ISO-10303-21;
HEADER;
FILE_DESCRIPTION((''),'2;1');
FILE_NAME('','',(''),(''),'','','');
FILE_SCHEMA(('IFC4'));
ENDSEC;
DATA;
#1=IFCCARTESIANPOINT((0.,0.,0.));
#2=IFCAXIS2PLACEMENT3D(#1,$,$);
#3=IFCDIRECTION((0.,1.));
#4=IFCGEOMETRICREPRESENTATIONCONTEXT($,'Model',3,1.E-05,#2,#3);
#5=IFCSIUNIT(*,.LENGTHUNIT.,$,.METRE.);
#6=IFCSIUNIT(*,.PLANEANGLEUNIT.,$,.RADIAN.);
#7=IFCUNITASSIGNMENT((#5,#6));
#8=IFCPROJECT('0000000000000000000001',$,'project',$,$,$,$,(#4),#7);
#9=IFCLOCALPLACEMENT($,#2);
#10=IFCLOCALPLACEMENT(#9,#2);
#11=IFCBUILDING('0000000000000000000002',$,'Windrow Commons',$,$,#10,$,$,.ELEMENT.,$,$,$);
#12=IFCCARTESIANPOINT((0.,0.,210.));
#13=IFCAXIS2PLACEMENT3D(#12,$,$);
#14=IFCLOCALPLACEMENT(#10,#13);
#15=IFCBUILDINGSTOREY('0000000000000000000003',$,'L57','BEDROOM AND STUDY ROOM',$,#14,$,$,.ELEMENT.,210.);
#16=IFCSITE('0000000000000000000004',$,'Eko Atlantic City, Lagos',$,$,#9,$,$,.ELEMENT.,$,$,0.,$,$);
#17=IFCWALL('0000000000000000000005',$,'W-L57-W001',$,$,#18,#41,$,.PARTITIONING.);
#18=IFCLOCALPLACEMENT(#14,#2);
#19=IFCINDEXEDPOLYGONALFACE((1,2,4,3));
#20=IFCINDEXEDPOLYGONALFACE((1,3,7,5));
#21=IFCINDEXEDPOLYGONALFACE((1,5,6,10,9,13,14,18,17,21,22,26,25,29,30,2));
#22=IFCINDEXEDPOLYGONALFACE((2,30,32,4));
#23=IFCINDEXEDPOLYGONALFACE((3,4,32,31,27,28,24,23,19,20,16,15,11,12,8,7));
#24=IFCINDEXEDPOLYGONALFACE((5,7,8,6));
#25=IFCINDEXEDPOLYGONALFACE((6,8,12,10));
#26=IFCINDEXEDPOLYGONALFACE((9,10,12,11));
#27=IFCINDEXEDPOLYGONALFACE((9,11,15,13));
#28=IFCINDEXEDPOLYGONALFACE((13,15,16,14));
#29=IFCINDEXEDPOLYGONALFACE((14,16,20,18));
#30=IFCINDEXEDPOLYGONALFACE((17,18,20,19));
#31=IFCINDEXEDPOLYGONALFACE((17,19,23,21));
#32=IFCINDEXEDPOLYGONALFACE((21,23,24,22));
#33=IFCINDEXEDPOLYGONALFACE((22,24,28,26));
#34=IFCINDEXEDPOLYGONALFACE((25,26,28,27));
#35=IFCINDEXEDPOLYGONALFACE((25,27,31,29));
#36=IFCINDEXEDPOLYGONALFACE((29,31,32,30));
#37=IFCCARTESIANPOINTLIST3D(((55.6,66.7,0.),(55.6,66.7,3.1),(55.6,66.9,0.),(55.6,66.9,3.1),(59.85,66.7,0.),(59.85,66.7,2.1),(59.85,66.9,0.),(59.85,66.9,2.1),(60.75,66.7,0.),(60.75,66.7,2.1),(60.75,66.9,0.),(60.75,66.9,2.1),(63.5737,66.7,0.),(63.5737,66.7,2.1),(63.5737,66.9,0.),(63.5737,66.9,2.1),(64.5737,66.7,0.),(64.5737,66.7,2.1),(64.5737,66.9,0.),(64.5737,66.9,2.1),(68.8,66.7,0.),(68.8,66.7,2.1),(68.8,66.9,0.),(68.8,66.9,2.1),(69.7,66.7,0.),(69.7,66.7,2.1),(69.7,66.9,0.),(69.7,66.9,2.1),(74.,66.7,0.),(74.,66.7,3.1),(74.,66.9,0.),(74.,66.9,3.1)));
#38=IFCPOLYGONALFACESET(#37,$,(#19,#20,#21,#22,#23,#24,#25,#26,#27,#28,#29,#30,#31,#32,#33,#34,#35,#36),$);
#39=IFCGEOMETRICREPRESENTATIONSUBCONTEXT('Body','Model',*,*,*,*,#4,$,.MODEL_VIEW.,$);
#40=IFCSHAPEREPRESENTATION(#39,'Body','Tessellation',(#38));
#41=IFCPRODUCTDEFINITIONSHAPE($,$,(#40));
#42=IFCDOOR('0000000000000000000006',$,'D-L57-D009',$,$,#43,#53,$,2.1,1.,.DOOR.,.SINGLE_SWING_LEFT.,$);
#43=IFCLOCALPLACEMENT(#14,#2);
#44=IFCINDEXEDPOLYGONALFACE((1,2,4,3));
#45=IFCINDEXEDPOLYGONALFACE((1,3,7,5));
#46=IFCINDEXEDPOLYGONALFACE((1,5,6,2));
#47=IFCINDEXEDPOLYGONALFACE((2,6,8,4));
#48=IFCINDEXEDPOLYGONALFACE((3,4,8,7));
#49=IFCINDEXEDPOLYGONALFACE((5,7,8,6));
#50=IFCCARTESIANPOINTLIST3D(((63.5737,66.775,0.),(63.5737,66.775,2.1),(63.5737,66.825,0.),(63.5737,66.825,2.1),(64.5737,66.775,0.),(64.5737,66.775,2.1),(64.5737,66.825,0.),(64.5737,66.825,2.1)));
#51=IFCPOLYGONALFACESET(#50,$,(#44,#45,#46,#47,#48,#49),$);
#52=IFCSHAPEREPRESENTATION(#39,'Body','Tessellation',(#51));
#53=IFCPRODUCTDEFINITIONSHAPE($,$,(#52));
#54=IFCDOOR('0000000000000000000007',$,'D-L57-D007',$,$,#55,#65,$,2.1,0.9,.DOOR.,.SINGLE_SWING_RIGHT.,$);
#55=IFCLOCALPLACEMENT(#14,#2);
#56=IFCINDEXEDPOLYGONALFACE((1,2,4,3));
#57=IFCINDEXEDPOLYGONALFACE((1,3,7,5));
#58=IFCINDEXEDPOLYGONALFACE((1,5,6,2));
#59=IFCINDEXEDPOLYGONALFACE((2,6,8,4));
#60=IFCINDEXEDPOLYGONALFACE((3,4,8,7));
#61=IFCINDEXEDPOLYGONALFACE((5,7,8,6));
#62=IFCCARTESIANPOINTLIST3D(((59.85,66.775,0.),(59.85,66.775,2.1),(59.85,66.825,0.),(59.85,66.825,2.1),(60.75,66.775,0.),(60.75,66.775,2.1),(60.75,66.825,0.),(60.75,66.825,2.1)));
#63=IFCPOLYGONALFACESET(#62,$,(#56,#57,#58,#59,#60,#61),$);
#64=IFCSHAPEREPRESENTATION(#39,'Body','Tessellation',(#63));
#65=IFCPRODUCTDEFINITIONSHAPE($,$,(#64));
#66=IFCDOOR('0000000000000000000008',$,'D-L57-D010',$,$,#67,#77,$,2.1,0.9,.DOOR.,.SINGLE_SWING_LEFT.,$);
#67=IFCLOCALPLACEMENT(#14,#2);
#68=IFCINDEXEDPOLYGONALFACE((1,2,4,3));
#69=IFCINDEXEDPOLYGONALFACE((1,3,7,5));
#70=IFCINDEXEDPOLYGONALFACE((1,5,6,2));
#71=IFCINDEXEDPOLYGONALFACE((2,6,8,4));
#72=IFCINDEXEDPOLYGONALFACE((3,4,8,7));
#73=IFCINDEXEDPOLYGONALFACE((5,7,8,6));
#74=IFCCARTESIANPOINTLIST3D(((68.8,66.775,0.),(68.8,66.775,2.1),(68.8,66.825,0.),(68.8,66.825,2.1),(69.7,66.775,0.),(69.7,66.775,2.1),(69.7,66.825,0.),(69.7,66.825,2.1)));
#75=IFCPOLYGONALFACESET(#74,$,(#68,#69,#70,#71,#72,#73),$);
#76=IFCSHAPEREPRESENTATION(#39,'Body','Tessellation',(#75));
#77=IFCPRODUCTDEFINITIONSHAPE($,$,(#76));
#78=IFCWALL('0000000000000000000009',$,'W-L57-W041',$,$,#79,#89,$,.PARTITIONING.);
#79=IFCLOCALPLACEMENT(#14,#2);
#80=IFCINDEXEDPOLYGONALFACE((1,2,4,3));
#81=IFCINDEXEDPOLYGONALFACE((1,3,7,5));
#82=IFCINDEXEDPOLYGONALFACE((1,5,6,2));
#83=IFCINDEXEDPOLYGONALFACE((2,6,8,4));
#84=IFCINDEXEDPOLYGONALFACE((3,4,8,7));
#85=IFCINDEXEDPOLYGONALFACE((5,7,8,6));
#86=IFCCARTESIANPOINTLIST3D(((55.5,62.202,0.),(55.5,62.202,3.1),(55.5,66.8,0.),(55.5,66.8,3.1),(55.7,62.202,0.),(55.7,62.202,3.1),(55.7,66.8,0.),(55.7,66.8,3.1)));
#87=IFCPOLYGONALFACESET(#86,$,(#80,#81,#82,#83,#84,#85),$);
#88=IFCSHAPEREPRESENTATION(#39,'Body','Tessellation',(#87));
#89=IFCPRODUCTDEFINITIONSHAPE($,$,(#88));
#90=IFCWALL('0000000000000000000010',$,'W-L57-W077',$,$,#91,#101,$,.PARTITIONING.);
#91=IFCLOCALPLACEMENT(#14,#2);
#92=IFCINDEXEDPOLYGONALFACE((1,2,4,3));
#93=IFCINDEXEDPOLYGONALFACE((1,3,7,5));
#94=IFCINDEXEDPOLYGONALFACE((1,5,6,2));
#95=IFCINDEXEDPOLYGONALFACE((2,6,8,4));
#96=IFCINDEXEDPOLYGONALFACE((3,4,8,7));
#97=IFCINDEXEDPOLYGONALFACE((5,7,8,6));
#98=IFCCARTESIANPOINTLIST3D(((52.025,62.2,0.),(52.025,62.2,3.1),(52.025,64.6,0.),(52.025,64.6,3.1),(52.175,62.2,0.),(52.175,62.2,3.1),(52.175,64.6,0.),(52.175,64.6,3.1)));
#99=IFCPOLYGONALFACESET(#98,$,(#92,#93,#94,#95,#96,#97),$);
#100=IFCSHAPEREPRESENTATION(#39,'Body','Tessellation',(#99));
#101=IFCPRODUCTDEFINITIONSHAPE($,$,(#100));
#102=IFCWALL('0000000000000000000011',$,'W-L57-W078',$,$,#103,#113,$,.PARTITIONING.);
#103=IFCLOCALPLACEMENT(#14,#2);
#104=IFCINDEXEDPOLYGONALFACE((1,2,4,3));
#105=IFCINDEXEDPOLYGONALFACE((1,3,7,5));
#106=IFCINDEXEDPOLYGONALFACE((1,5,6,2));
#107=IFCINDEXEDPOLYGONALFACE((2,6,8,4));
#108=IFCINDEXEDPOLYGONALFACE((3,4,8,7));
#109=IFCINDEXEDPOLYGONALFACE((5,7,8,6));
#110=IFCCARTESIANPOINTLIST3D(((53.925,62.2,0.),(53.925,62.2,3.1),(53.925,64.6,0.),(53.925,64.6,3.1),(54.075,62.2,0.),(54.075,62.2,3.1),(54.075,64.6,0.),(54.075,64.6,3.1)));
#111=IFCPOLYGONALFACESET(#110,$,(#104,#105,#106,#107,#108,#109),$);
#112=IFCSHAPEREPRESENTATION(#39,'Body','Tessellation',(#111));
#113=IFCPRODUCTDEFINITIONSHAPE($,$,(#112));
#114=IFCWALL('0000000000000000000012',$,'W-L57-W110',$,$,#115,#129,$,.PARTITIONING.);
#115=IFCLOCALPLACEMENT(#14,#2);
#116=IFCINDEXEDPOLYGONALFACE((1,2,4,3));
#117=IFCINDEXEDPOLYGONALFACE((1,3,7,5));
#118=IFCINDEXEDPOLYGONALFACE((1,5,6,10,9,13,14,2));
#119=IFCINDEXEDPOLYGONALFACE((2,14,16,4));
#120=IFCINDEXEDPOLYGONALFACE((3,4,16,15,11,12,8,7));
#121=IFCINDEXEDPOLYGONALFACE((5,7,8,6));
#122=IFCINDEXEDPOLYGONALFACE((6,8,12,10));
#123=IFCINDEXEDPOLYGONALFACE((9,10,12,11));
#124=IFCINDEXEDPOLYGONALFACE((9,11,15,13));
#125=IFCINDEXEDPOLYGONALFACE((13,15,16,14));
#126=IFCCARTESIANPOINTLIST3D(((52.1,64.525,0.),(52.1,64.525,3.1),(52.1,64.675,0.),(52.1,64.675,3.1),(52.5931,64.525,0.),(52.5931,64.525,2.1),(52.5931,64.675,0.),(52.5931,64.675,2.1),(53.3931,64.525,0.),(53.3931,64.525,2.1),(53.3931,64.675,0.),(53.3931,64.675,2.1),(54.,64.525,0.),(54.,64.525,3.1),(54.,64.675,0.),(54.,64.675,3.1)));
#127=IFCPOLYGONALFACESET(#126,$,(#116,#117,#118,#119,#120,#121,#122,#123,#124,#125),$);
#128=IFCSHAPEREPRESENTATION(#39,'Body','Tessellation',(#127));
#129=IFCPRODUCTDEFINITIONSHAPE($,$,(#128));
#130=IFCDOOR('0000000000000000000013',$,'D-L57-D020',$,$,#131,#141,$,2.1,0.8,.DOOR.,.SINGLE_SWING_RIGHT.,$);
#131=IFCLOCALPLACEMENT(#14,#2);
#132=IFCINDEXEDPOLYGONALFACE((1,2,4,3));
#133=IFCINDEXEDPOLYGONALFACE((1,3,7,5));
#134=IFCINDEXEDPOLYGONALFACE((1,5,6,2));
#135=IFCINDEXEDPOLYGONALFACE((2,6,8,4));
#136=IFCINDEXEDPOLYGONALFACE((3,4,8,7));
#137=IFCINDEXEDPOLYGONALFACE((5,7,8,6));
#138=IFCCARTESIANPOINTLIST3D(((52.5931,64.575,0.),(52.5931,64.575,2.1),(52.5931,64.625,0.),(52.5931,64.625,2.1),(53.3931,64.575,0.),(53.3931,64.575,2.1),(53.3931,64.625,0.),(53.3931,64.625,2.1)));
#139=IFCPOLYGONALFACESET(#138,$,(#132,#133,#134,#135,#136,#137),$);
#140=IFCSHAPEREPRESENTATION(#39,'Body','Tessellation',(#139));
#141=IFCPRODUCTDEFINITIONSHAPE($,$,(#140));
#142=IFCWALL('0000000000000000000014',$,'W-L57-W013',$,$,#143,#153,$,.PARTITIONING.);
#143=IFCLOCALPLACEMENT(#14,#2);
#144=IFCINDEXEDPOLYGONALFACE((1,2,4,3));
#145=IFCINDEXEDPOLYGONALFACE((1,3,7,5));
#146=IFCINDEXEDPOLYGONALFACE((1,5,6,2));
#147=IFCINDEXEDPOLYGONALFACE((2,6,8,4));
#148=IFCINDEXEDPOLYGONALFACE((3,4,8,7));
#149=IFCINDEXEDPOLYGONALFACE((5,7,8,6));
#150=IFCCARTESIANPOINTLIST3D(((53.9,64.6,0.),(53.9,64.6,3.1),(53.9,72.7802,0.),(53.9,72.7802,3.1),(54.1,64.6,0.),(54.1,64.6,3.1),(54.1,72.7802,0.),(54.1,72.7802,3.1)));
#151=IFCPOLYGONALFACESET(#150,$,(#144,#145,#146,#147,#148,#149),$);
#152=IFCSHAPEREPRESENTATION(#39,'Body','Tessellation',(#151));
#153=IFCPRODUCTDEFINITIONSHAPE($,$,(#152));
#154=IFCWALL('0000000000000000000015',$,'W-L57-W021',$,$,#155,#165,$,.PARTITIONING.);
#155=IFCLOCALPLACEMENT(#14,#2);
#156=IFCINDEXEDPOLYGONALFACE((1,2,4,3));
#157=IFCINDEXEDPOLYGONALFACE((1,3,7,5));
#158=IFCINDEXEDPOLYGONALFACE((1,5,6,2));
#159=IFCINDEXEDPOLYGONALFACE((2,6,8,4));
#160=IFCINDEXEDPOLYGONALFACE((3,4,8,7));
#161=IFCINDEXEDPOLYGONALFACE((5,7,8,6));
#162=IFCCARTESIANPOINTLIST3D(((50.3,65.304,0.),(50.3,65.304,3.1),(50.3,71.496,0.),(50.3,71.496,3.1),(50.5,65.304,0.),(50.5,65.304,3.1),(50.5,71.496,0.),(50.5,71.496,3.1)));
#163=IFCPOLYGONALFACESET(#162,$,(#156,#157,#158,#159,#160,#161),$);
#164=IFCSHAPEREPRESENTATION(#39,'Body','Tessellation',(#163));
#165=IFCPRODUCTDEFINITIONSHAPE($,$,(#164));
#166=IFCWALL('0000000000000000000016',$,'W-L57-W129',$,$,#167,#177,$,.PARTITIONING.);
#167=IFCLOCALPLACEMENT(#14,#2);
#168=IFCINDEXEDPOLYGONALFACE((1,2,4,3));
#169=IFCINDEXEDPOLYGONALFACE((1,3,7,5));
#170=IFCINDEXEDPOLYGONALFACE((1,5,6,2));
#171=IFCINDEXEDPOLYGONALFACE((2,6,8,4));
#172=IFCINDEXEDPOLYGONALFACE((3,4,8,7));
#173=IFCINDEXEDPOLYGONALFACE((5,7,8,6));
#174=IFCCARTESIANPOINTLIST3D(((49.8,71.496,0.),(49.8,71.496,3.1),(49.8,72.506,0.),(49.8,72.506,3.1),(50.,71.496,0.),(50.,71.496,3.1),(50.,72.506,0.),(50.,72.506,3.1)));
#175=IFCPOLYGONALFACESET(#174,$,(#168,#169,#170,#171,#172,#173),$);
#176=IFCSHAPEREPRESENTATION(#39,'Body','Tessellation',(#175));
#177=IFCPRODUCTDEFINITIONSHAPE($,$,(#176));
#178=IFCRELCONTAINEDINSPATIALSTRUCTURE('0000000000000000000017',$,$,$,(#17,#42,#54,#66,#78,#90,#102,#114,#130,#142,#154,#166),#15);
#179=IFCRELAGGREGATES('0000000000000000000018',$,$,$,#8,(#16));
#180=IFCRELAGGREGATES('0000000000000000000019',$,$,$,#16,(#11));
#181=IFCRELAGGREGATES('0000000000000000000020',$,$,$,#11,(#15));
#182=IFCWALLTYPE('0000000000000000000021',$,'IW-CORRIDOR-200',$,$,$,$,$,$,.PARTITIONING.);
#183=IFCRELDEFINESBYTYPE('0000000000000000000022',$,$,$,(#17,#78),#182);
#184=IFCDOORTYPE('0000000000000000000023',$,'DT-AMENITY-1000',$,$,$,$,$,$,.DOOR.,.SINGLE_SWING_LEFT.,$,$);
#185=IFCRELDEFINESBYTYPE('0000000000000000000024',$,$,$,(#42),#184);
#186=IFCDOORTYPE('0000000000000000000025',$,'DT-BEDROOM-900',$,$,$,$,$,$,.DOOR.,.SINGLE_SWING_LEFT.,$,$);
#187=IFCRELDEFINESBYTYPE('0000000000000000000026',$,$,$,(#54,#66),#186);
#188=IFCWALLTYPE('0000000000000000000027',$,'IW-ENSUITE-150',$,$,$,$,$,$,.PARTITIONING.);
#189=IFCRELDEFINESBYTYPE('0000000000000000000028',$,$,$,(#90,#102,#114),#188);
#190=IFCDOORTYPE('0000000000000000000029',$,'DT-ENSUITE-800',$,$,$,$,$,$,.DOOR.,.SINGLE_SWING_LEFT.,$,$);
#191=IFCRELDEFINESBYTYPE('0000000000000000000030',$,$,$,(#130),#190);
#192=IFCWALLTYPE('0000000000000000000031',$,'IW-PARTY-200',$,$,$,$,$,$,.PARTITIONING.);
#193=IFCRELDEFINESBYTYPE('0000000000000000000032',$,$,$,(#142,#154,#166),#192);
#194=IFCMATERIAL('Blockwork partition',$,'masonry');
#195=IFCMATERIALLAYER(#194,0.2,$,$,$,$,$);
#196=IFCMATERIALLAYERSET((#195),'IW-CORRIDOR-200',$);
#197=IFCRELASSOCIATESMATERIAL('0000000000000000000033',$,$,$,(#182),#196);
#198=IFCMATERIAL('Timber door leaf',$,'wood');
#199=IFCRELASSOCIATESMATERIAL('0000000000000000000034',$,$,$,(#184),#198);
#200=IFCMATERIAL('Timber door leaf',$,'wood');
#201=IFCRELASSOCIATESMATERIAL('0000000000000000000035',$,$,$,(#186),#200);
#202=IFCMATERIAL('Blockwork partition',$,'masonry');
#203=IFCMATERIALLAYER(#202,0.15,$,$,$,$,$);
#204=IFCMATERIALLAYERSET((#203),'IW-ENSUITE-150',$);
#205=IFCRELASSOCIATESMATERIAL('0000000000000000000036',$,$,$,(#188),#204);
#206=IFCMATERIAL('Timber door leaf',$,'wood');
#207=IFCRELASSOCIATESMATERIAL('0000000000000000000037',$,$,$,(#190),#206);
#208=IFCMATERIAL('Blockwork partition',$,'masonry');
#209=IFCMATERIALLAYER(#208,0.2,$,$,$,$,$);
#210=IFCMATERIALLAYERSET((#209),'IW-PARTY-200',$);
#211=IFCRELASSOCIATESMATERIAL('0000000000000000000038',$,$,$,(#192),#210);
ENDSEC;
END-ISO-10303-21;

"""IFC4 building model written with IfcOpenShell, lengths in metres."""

from ifc_helpers import new_model, si_unit, direction, frame, frame_2d, origin, place, context, subcontext, project, spatial, rectangle, extrude, material, layer, layer_set, type_object, element, fill, save


model = new_model("IFC4")

# Units and contexts
model_context = context("Model", 3, precision=1e-05, world=origin(), true_north=direction((0.0, 1.0)))
body_context = subcontext(model_context, "Body", "Model", "MODEL_VIEW")
ifc_project = project(units=[si_unit("LENGTHUNIT", "METRE"), si_unit("PLANEANGLEUNIT", "RADIAN")], contexts=[model_context])

# Site, building, storey
site_placement = place(None, origin())
site = spatial("IfcSite", under=ifc_project, at=site_placement, Name="Eko Atlantic City, Lagos", CompositionType="ELEMENT", RefElevation=0.0)
building_placement = place(site_placement, origin())
building = spatial("IfcBuilding", under=site, at=building_placement, Name="Windrow Commons", CompositionType="ELEMENT")
storey_placement = place(building_placement, frame((0.0, 0.0, 210.0)))
storey = spatial("IfcBuildingStorey", under=building, at=storey_placement, Name="L57", Description="BEDROOM AND STUDY ROOM", CompositionType="ELEMENT", Elevation=210.0)

# Wall, openings, doors
ifc_material_1 = material(Name="Blockwork partition", Category="masonry")
ifc_layer_1 = layer(ifc_material_1, 0.2)
ifc_layer_set_1 = layer_set([ifc_layer_1], Name="IW-CORRIDOR-200")
wall_type_1 = type_object("IfcWallType", Name="IW-CORRIDOR-200", PredefinedType="PARTITIONING", material=ifc_layer_set_1)
wall_1_placement = place(storey_placement, frame((55.6, 66.8, 0.0), z_axis=(0.0, 0.0, 1.0), x_axis=(1.0, 0.0, 0.0)))
wall_1 = element("IfcWall", 1, at=wall_1_placement, inside=storey, type_object=wall_type_1, Name="W-L57-W001", PredefinedType="PARTITIONING", context=body_context, shape_type="SweptSolid", body=[
    extrude(rectangle(XDim=18.4, YDim=0.2, at=frame_2d((9.2, 0.0))), origin(), (0.0, 0.0, 1.0), 3.1),
])
opening_1_placement = place(wall_1_placement, frame((4.25, 0.0, 0.0)))
opening_1 = element("IfcOpeningElement", 2, at=opening_1_placement, cuts=wall_1, PredefinedType="OPENING", context=body_context, shape_type="SweptSolid", body=[
    extrude(rectangle(XDim=0.9, YDim=2.1, at=frame_2d((0.45, 1.05))), frame((0.0, 0.11, 0.0), z_axis=(0.0, -1.0, 0.0), x_axis=(1.0, 0.0, 0.0)), (0.0, 0.0, 1.0), 0.22),
])
opening_2_placement = place(wall_1_placement, frame((7.9737, 0.0, 0.0)))
opening_2 = element("IfcOpeningElement", 3, at=opening_2_placement, cuts=wall_1, PredefinedType="OPENING", context=body_context, shape_type="SweptSolid", body=[
    extrude(rectangle(XDim=1.0, YDim=2.1, at=frame_2d((0.5, 1.05))), frame((0.0, 0.11, 0.0), z_axis=(0.0, -1.0, 0.0), x_axis=(1.0, 0.0, 0.0)), (0.0, 0.0, 1.0), 0.22),
])
opening_3_placement = place(wall_1_placement, frame((13.2, 0.0, 0.0)))
opening_3 = element("IfcOpeningElement", 4, at=opening_3_placement, cuts=wall_1, PredefinedType="OPENING", context=body_context, shape_type="SweptSolid", body=[
    extrude(rectangle(XDim=0.9, YDim=2.1, at=frame_2d((0.45, 1.05))), frame((0.0, 0.11, 0.0), z_axis=(0.0, -1.0, 0.0), x_axis=(1.0, 0.0, 0.0)), (0.0, 0.0, 1.0), 0.22),
])
ifc_material_2 = material(Name="Timber door leaf", Category="wood")
door_type_1 = type_object("IfcDoorType", Name="DT-AMENITY-1000", OperationType="SINGLE_SWING_LEFT", PredefinedType="DOOR", material=ifc_material_2)
door_1_placement = place(opening_2_placement, origin())
door_1 = element("IfcDoor", 5, at=door_1_placement, inside=storey, type_object=door_type_1, Name="D-L57-D009", OperationType="SINGLE_SWING_LEFT", OverallHeight=2.1, OverallWidth=1.0, PredefinedType="DOOR", context=body_context, shape_type="SweptSolid", body=[
    extrude(rectangle(XDim=1.0, YDim=2.1, at=frame_2d((0.5, 1.05))), frame((0.0, 0.025, 0.0), z_axis=(0.0, -1.0, 0.0), x_axis=(1.0, 0.0, 0.0)), (0.0, 0.0, 1.0), 0.05),
])
fill(opening_2, door_1)
ifc_material_3 = material(Name="Timber door leaf", Category="wood")
door_type_2 = type_object("IfcDoorType", Name="DT-BEDROOM-900", OperationType="SINGLE_SWING_LEFT", PredefinedType="DOOR", material=ifc_material_3)
door_2_placement = place(opening_1_placement, origin())
door_2 = element("IfcDoor", 6, at=door_2_placement, inside=storey, type_object=door_type_2, Name="D-L57-D007", OperationType="SINGLE_SWING_RIGHT", OverallHeight=2.1, OverallWidth=0.9, PredefinedType="DOOR", context=body_context, shape_type="SweptSolid", body=[
    extrude(rectangle(XDim=0.9, YDim=2.1, at=frame_2d((0.45, 1.05))), frame((0.0, 0.025, 0.0), z_axis=(0.0, -1.0, 0.0), x_axis=(1.0, 0.0, 0.0)), (0.0, 0.0, 1.0), 0.05),
])
fill(opening_1, door_2)
door_3_placement = place(opening_3_placement, origin())
door_3 = element("IfcDoor", 7, at=door_3_placement, inside=storey, type_object=door_type_2, Name="D-L57-D010", OperationType="SINGLE_SWING_LEFT", OverallHeight=2.1, OverallWidth=0.9, PredefinedType="DOOR", context=body_context, shape_type="SweptSolid", body=[
    extrude(rectangle(XDim=0.9, YDim=2.1, at=frame_2d((0.45, 1.05))), frame((0.0, 0.025, 0.0), z_axis=(0.0, -1.0, 0.0), x_axis=(1.0, 0.0, 0.0)), (0.0, 0.0, 1.0), 0.05),
])
fill(opening_3, door_3)

# Walls
wall_2_placement = place(storey_placement, frame((55.6, 62.202, 0.0), z_axis=(0.0, 0.0, 1.0), x_axis=(0.0, 1.0, 0.0)))
element("IfcWall", 8, at=wall_2_placement, inside=storey, type_object=wall_type_1, Name="W-L57-W041", PredefinedType="PARTITIONING", context=body_context, shape_type="SweptSolid", body=[
    extrude(rectangle(XDim=4.598, YDim=0.2, at=frame_2d((2.299, 0.0))), origin(), (0.0, 0.0, 1.0), 3.1),
])
ifc_material_4 = material(Name="Blockwork partition", Category="masonry")
ifc_layer_2 = layer(ifc_material_4, 0.15)
ifc_layer_set_2 = layer_set([ifc_layer_2], Name="IW-ENSUITE-150")
wall_type_2 = type_object("IfcWallType", Name="IW-ENSUITE-150", PredefinedType="PARTITIONING", material=ifc_layer_set_2)
for number, where, z_axis, x_axis, name in (
    (9, (52.1, 62.2, 0.0), (0.0, 0.0, 1.0), (0.0, 1.0, 0.0), "W-L57-W077"),
    (10, (54.0, 62.2, 0.0), (0.0, 0.0, 1.0), (0.0, 1.0, 0.0), "W-L57-W078"),
):
    element("IfcWall", number, at=place(storey_placement, frame(where, z_axis=z_axis, x_axis=x_axis)), inside=storey, type_object=wall_type_2, Name=name, PredefinedType="PARTITIONING", context=body_context, shape_type="SweptSolid", body=[
        extrude(rectangle(XDim=2.4, YDim=0.15, at=frame_2d((1.2, 0.0))), origin(), (0.0, 0.0, 1.0), 3.1),
    ])

# Wall, opening, door
wall_3_placement = place(storey_placement, frame((52.1, 64.6, 0.0), z_axis=(0.0, 0.0, 1.0), x_axis=(1.0, 0.0, 0.0)))
wall_3 = element("IfcWall", 11, at=wall_3_placement, inside=storey, type_object=wall_type_2, Name="W-L57-W110", PredefinedType="PARTITIONING", context=body_context, shape_type="SweptSolid", body=[
    extrude(rectangle(XDim=1.9, YDim=0.15, at=frame_2d((0.95, 0.0))), origin(), (0.0, 0.0, 1.0), 3.1),
])
opening_4_placement = place(wall_3_placement, frame((0.4931, 0.0, 0.0)))
opening_4 = element("IfcOpeningElement", 12, at=opening_4_placement, cuts=wall_3, PredefinedType="OPENING", context=body_context, shape_type="SweptSolid", body=[
    extrude(rectangle(XDim=0.8, YDim=2.1, at=frame_2d((0.4, 1.05))), frame((0.0, 0.085, 0.0), z_axis=(0.0, -1.0, 0.0), x_axis=(1.0, 0.0, 0.0)), (0.0, 0.0, 1.0), 0.17),
])
ifc_material_5 = material(Name="Timber door leaf", Category="wood")
door_type_3 = type_object("IfcDoorType", Name="DT-ENSUITE-800", OperationType="SINGLE_SWING_LEFT", PredefinedType="DOOR", material=ifc_material_5)
door_4_placement = place(opening_4_placement, origin())
door_4 = element("IfcDoor", 13, at=door_4_placement, inside=storey, type_object=door_type_3, Name="D-L57-D020", OperationType="SINGLE_SWING_RIGHT", OverallHeight=2.1, OverallWidth=0.8, PredefinedType="DOOR", context=body_context, shape_type="SweptSolid", body=[
    extrude(rectangle(XDim=0.8, YDim=2.1, at=frame_2d((0.4, 1.05))), frame((0.0, 0.025, 0.0), z_axis=(0.0, -1.0, 0.0), x_axis=(1.0, 0.0, 0.0)), (0.0, 0.0, 1.0), 0.05),
])
fill(opening_4, door_4)

# Walls
ifc_material_6 = material(Name="Blockwork partition", Category="masonry")
ifc_layer_3 = layer(ifc_material_6, 0.2)
ifc_layer_set_3 = layer_set([ifc_layer_3], Name="IW-PARTY-200")
wall_type_3 = type_object("IfcWallType", Name="IW-PARTY-200", PredefinedType="PARTITIONING", material=ifc_layer_set_3)
wall_4_placement = place(storey_placement, frame((54.0, 64.6, 0.0), z_axis=(0.0, 0.0, 1.0), x_axis=(0.0, 1.0, 0.0)))
element("IfcWall", 14, at=wall_4_placement, inside=storey, type_object=wall_type_3, Name="W-L57-W013", PredefinedType="PARTITIONING", context=body_context, shape_type="SweptSolid", body=[
    extrude(rectangle(XDim=8.1802, YDim=0.2, at=frame_2d((4.0901, 0.0))), origin(), (0.0, 0.0, 1.0), 3.1),
])
wall_5_placement = place(storey_placement, frame((50.4, 65.304, 0.0), z_axis=(0.0, 0.0, 1.0), x_axis=(0.0, 1.0, 0.0)))
element("IfcWall", 15, at=wall_5_placement, inside=storey, type_object=wall_type_3, Name="W-L57-W021", PredefinedType="PARTITIONING", context=body_context, shape_type="SweptSolid", body=[
    extrude(rectangle(XDim=6.192, YDim=0.2, at=frame_2d((3.096, 0.0))), origin(), (0.0, 0.0, 1.0), 3.1),
])
wall_6_placement = place(storey_placement, frame((49.9, 71.496, 0.0), z_axis=(0.0, 0.0, 1.0), x_axis=(0.0, 1.0, 0.0)))
element("IfcWall", 16, at=wall_6_placement, inside=storey, type_object=wall_type_3, Name="W-L57-W129", PredefinedType="PARTITIONING", context=body_context, shape_type="SweptSolid", body=[
    extrude(rectangle(XDim=1.01, YDim=0.2, at=frame_2d((0.505, 0.0))), origin(), (0.0, 0.0, 1.0), 3.1),
])

save(model, "model.ifc")
